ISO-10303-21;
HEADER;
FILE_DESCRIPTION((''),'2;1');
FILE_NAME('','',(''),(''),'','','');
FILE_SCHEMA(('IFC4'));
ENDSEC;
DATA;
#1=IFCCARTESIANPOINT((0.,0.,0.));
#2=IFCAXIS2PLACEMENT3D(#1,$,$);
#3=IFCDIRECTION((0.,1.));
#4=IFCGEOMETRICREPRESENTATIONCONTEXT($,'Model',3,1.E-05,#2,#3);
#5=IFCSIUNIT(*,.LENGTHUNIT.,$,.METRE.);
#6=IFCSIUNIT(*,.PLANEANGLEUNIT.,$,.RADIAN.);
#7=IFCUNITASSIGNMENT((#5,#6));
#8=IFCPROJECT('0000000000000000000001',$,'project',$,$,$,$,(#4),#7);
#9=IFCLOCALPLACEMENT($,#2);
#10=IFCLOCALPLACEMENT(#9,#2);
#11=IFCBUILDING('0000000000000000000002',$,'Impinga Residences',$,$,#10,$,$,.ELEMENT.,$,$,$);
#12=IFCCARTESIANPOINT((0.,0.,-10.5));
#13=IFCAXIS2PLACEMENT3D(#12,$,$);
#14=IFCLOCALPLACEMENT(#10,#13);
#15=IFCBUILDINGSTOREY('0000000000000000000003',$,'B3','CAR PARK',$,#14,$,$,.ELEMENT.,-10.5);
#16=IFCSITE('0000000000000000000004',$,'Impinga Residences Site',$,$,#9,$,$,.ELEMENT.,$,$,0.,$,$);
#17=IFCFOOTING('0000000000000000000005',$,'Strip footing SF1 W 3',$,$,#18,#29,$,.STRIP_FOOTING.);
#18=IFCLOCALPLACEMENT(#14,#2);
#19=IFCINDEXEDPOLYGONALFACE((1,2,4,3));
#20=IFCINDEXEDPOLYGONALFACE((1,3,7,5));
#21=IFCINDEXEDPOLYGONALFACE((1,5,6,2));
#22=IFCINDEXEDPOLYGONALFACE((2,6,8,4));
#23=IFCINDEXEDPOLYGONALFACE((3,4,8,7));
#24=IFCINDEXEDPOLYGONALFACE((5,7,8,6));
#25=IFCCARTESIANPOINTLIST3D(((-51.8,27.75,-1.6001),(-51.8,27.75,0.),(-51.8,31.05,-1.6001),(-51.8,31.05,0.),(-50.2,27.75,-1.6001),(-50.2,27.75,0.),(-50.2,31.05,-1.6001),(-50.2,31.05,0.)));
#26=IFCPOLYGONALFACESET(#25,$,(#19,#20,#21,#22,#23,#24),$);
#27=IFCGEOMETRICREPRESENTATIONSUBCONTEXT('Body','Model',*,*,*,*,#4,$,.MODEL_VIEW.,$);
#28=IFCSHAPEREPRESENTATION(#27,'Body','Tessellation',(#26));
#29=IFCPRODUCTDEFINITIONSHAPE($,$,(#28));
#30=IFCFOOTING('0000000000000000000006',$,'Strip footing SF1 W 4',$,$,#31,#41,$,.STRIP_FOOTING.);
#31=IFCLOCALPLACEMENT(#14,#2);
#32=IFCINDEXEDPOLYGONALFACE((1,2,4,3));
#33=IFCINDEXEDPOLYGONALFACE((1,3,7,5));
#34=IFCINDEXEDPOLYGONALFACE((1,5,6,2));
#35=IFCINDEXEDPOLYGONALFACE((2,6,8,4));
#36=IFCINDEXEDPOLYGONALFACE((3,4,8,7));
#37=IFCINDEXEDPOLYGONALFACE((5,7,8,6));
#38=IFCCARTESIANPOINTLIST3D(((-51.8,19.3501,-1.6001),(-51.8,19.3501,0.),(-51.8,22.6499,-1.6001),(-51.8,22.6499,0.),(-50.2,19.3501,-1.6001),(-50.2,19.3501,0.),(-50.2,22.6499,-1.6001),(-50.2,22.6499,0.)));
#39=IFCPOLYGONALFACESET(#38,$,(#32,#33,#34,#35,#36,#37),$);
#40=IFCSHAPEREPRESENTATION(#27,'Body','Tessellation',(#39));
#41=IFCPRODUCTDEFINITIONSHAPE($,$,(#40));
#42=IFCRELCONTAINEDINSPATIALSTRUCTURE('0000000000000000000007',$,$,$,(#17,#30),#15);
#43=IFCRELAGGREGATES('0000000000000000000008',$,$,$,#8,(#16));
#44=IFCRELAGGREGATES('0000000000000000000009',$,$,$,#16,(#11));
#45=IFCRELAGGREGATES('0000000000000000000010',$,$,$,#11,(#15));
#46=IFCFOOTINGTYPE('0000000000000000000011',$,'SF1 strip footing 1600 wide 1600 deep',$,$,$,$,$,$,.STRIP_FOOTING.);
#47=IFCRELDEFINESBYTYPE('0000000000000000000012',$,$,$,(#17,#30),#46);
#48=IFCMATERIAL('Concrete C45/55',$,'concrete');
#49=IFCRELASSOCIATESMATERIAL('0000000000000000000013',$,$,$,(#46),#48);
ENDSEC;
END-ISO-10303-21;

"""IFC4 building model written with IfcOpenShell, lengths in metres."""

from ifc_helpers import new_model, si_unit, direction, frame, origin, place, context, subcontext, project, spatial, polyline, outline, extrude, material, type_object, element, save


model = new_model("IFC4")

# Units and contexts
model_context = context("Model", 3, precision=1e-05, world=origin(), true_north=direction((0.0, 1.0)))
body_context = subcontext(model_context, "Body", "Model", "MODEL_VIEW")
ifc_project = project(units=[si_unit("LENGTHUNIT", "METRE"), si_unit("PLANEANGLEUNIT", "RADIAN")], contexts=[model_context])

# Site, building, storey
site_placement = place(None, origin())
site = spatial("IfcSite", under=ifc_project, at=site_placement, Name="Impinga Residences Site", CompositionType="ELEMENT", RefElevation=0.0)
building_placement = place(site_placement, origin())
building = spatial("IfcBuilding", under=site, at=building_placement, Name="Impinga Residences", CompositionType="ELEMENT")
storey_placement = place(building_placement, frame((0.0, 0.0, -10.5)))
storey = spatial("IfcBuildingStorey", under=building, at=storey_placement, Name="B3", Description="CAR PARK", CompositionType="ELEMENT", Elevation=-10.5)

# Footings
ifc_material = material(Name="Concrete C45/55", Category="concrete")
footing_type = type_object("IfcFootingType", Name="SF1 strip footing 1600 wide 1600 deep", PredefinedType="STRIP_FOOTING", material=ifc_material)
footing_1_placement = place(storey_placement, frame((0.0, 0.0, -1.6001)))
element("IfcFooting", 1, at=footing_1_placement, inside=storey, type_object=footing_type, Name="Strip footing SF1 W 3", PredefinedType="STRIP_FOOTING", context=body_context, shape_type="SweptSolid", body=[
    extrude(outline(polyline([(-50.2, 27.75), (-51.8, 27.75), (-51.8, 31.05), (-50.2, 31.05), (-50.2, 27.75)])), origin(), (0.0, 0.0, 1.0), 1.6001),
])
footing_2_placement = place(storey_placement, frame((0.0, 0.0, -1.6001)))
element("IfcFooting", 2, at=footing_2_placement, inside=storey, type_object=footing_type, Name="Strip footing SF1 W 4", PredefinedType="STRIP_FOOTING", context=body_context, shape_type="SweptSolid", body=[
    extrude(outline(polyline([(-50.2, 19.3501), (-51.8, 19.3501), (-51.8, 22.6499), (-50.2, 22.6499), (-50.2, 19.3501)])), origin(), (0.0, 0.0, 1.0), 1.6001),
])

save(model, "model.ifc")
